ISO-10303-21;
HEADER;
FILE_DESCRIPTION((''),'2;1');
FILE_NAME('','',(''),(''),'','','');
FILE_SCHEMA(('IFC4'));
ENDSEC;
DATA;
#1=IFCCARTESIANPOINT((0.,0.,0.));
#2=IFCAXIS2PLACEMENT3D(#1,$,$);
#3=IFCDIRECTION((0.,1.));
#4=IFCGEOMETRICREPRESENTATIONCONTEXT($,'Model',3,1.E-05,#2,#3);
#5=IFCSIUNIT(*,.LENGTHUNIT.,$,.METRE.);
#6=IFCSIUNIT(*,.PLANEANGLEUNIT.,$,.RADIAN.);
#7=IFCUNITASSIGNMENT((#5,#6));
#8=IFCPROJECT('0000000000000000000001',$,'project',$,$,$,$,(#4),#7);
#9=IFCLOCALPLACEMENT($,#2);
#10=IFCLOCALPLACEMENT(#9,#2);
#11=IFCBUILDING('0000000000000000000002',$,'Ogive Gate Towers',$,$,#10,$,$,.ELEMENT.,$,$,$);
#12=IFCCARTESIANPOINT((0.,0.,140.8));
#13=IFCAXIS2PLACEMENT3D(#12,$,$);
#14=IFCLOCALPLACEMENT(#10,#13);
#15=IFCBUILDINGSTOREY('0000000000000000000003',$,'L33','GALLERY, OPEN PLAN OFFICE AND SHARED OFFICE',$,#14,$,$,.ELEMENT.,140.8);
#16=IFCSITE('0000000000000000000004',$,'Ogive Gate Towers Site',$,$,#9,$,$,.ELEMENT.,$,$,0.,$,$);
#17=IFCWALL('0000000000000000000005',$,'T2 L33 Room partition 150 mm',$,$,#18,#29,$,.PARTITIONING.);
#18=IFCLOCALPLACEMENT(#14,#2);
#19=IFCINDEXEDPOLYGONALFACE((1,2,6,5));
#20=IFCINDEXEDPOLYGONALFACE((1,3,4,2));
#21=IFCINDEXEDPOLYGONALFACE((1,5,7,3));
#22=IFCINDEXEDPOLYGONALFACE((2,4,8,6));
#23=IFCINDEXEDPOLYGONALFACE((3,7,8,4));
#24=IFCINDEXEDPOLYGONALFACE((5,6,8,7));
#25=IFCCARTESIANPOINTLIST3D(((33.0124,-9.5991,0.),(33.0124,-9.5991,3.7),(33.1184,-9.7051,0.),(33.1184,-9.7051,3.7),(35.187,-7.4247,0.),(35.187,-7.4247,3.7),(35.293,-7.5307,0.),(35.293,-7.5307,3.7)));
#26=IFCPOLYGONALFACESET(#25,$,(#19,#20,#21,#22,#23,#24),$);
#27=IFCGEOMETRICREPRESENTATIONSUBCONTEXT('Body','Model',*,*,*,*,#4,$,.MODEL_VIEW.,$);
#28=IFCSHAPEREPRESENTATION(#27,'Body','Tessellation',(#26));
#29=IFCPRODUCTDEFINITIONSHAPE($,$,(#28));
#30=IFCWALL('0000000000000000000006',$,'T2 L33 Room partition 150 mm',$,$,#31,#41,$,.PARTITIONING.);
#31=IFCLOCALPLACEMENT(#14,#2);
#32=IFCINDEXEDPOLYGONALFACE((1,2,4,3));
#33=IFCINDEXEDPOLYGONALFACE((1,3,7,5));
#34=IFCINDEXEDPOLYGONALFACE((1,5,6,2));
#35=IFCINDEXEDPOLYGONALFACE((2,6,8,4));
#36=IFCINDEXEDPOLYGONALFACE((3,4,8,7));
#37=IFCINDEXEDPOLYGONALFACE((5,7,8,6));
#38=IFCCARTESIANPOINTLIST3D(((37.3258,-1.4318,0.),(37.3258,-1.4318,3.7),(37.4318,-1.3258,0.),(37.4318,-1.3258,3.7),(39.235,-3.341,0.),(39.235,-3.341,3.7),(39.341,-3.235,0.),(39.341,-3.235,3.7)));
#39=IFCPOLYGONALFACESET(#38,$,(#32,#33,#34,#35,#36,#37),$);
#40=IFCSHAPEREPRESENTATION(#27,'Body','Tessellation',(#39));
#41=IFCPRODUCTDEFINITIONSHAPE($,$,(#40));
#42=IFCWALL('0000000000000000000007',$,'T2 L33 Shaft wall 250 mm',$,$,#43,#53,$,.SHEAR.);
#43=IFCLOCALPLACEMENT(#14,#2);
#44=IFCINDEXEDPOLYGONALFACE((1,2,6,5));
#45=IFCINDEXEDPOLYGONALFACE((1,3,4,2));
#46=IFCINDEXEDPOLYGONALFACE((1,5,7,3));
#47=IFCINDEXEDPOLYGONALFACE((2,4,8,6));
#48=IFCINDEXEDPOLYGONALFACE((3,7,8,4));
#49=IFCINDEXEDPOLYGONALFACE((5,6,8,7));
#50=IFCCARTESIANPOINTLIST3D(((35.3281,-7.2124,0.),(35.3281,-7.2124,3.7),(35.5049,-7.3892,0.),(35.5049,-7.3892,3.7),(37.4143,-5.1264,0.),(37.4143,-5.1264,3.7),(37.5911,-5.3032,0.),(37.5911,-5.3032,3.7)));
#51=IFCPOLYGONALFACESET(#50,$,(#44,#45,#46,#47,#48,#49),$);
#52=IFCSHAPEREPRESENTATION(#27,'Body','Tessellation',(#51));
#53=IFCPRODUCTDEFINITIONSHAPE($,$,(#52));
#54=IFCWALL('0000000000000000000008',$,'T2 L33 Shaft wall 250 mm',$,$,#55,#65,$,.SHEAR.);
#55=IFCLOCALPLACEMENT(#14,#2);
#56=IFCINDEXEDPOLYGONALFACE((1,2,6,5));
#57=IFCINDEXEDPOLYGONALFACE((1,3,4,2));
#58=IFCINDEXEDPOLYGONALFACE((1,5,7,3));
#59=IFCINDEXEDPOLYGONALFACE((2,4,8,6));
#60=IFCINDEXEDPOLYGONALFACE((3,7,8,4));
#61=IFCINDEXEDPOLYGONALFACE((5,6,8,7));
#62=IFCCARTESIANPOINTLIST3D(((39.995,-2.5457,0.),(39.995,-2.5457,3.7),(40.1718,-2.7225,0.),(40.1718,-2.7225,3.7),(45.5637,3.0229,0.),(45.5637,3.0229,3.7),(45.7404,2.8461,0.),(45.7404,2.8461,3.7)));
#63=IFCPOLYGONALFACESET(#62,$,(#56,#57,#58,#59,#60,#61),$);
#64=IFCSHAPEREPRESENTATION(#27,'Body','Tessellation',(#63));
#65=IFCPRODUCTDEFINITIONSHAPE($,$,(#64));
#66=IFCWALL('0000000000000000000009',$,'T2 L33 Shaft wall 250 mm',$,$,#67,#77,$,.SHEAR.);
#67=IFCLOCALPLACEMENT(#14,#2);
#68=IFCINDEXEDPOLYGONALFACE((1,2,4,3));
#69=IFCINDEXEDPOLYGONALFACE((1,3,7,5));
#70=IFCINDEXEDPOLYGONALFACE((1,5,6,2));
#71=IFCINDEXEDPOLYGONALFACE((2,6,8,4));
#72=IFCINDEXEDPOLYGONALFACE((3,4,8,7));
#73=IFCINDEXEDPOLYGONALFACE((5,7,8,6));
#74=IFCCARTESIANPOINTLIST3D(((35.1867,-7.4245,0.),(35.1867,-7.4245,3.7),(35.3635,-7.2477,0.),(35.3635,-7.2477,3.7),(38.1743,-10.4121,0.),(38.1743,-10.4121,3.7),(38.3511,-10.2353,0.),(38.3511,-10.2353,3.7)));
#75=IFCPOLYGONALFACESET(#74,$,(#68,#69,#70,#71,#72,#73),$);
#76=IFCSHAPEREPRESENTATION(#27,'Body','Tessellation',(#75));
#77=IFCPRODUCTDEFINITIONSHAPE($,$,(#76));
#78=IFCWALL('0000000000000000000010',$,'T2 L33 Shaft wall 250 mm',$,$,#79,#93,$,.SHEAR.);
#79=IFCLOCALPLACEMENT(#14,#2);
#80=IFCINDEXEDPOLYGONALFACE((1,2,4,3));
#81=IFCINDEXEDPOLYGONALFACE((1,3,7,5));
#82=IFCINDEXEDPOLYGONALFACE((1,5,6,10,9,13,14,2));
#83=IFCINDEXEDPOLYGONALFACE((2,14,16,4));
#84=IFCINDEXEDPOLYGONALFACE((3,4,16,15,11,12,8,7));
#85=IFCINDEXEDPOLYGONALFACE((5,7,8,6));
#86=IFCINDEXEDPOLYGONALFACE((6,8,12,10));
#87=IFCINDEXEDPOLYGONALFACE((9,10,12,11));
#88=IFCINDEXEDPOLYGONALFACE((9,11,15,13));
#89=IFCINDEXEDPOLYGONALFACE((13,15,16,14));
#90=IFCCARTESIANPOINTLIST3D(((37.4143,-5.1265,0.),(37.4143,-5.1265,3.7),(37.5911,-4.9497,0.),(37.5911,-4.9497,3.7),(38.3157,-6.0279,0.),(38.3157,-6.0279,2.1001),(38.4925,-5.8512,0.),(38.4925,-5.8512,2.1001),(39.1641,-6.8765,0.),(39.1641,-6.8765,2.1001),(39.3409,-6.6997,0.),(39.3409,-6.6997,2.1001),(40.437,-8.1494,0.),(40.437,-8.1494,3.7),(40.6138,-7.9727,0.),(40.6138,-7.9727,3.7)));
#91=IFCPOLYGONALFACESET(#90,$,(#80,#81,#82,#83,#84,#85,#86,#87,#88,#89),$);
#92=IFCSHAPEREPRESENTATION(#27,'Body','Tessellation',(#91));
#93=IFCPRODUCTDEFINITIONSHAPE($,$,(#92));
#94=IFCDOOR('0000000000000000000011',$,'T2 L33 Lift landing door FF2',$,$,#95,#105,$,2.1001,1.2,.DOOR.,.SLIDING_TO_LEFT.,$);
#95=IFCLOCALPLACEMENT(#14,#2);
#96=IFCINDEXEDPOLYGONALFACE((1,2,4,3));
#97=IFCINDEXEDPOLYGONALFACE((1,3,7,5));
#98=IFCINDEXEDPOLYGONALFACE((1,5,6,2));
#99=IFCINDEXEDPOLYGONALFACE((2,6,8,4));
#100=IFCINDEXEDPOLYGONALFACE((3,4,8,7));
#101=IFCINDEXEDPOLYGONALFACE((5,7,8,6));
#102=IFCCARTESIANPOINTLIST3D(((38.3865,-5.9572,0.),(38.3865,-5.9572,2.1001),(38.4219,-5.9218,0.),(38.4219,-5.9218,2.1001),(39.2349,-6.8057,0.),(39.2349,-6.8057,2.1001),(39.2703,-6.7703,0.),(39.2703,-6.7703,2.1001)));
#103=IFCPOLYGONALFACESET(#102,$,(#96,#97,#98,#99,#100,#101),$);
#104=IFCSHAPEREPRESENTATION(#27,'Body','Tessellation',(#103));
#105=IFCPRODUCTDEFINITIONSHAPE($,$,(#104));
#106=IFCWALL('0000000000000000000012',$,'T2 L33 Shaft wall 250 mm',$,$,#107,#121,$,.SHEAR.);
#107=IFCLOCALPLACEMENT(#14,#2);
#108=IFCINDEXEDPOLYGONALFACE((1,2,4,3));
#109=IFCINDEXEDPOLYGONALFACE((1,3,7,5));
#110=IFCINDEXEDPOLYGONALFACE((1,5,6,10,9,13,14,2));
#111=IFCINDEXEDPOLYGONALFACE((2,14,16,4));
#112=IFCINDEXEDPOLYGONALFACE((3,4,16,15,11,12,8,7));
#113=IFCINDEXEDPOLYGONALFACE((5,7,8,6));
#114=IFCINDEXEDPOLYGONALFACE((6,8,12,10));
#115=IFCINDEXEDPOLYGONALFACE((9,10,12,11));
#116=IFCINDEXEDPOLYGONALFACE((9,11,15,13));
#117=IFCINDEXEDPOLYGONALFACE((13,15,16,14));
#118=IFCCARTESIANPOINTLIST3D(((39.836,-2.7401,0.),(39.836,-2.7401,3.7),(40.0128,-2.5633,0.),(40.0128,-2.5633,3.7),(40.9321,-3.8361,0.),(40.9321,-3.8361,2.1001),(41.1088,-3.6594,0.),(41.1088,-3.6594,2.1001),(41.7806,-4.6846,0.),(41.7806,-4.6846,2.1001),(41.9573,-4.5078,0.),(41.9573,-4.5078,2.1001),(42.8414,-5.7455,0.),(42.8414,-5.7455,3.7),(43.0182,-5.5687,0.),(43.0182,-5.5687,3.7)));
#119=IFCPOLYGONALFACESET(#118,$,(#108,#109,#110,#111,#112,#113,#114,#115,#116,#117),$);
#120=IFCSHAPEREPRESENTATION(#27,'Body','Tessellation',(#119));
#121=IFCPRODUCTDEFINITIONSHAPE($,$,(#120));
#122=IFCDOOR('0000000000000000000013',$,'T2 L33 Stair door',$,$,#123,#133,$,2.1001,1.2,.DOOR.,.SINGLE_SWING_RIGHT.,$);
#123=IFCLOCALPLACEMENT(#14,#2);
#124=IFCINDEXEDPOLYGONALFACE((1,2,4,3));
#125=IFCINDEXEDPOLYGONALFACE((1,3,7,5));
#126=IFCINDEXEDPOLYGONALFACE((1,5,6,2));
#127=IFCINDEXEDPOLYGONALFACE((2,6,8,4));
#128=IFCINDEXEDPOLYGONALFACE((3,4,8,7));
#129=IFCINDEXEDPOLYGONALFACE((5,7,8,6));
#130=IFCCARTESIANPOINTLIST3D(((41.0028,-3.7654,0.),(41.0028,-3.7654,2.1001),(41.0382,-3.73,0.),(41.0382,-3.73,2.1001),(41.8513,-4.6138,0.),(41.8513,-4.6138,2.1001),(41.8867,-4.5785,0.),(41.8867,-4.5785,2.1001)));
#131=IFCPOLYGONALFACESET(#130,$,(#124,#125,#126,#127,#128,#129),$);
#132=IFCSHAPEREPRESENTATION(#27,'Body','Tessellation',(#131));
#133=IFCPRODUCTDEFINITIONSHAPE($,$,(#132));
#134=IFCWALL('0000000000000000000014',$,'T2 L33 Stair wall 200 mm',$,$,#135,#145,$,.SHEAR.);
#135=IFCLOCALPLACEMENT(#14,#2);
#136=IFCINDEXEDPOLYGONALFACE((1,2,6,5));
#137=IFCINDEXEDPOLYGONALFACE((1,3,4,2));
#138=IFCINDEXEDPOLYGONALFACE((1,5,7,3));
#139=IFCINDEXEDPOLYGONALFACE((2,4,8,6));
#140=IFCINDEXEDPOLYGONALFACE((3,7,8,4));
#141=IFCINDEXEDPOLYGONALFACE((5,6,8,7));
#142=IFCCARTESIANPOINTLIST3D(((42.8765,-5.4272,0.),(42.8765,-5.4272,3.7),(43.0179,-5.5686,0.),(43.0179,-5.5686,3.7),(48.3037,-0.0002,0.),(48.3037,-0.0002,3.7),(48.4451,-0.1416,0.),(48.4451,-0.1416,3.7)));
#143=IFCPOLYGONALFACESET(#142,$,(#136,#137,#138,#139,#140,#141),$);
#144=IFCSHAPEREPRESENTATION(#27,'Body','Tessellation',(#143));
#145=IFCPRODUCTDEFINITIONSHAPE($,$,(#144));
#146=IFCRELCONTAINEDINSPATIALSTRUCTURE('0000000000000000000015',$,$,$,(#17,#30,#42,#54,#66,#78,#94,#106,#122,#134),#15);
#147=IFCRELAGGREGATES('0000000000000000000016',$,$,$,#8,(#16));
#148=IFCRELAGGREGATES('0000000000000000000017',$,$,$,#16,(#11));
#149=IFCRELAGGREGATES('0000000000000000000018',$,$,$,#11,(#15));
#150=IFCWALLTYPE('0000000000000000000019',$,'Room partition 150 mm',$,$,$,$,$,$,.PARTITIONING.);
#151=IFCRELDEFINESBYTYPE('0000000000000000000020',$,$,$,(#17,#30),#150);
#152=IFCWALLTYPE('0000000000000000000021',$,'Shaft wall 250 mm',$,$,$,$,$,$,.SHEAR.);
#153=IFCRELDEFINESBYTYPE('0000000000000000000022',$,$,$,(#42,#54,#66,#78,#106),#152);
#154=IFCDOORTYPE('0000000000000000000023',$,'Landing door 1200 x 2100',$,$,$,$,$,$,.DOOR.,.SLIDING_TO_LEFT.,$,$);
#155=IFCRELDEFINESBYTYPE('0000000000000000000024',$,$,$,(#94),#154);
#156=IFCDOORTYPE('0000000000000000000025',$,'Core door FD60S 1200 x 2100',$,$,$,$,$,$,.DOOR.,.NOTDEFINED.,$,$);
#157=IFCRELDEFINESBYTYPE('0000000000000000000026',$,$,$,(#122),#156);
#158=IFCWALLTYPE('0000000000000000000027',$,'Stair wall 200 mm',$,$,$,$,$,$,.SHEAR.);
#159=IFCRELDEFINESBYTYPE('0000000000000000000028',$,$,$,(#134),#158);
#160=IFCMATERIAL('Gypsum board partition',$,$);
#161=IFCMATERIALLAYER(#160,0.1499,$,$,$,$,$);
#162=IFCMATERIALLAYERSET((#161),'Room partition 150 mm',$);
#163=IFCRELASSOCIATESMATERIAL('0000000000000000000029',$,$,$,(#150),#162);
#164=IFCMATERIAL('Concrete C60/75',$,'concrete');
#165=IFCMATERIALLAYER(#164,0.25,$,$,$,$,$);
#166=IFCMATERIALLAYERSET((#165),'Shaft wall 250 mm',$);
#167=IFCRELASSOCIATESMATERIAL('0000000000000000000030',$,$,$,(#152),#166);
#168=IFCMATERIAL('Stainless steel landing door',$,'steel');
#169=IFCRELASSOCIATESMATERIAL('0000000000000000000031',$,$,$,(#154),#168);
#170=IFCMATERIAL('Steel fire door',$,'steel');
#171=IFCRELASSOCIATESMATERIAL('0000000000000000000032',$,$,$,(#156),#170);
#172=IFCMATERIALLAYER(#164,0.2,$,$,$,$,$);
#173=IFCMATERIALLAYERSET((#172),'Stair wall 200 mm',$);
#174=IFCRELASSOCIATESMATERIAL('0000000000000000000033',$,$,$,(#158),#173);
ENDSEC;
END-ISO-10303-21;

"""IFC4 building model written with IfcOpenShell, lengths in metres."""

from ifc_helpers import new_model, si_unit, direction, frame, frame_2d, origin, place, context, subcontext, project, spatial, rectangle, extrude, material, layer, layer_set, type_object, element, fill, save


model = new_model("IFC4")

# Units and contexts
model_context = context("Model", 3, precision=1e-05, world=origin(), true_north=direction((0.0, 1.0)))
body_context = subcontext(model_context, "Body", "Model", "MODEL_VIEW")
ifc_project = project(units=[si_unit("LENGTHUNIT", "METRE"), si_unit("PLANEANGLEUNIT", "RADIAN")], contexts=[model_context])

# Site, building, storey
site_placement = place(None, origin())
site = spatial("IfcSite", under=ifc_project, at=site_placement, Name="Ogive Gate Towers Site", CompositionType="ELEMENT", RefElevation=0.0)
building_placement = place(site_placement, origin())
building = spatial("IfcBuilding", under=site, at=building_placement, Name="Ogive Gate Towers", CompositionType="ELEMENT")
storey_placement = place(building_placement, frame((0.0, 0.0, 140.8)))
storey = spatial("IfcBuildingStorey", under=building, at=storey_placement, Name="L33", Description="GALLERY, OPEN PLAN OFFICE AND SHARED OFFICE", CompositionType="ELEMENT", Elevation=140.8)

# Shared definitions
ifc_material_1 = material(Name="Gypsum board partition")

# Walls
ifc_layer_1 = layer(ifc_material_1, 0.1499)
ifc_layer_set_1 = layer_set([ifc_layer_1], Name="Room partition 150 mm")
wall_type_1 = type_object("IfcWallType", Name="Room partition 150 mm", PredefinedType="PARTITIONING", material=ifc_layer_set_1)
wall_1_placement = place(storey_placement, frame((33.0654, -9.6521, 0.0), z_axis=(0.0, 0.0, 1.0), x_axis=(0.707146, 0.707067, 0.0)))
element("IfcWall", 1, at=wall_1_placement, inside=storey, type_object=wall_type_1, Name="T2 L33 Room partition 150 mm", PredefinedType="PARTITIONING", context=body_context, shape_type="SweptSolid", body=[
    extrude(rectangle(XDim=3.0752, YDim=0.1499, at=frame_2d((1.5376, 0.0))), origin(), (0.0, 0.0, 1.0), 3.7),
])
wall_2_placement = place(storey_placement, frame((39.2881, -3.2881, 0.0), z_axis=(0.0, 0.0, 1.0), x_axis=(-0.707107, 0.707107, 0.0)))
element("IfcWall", 2, at=wall_2_placement, inside=storey, type_object=wall_type_1, Name="T2 L33 Room partition 150 mm", PredefinedType="PARTITIONING", context=body_context, shape_type="SweptSolid", body=[
    extrude(rectangle(XDim=2.7, YDim=0.1499, at=frame_2d((1.3501, 0.0))), origin(), (0.0, 0.0, 1.0), 3.7),
])
ifc_material_2 = material(Name="Concrete C60/75", Category="concrete")
ifc_layer_2 = layer(ifc_material_2, 0.25)
ifc_layer_set_2 = layer_set([ifc_layer_2], Name="Shaft wall 250 mm")
wall_type_2 = type_object("IfcWallType", Name="Shaft wall 250 mm", PredefinedType="SHEAR", material=ifc_layer_set_2)
wall_3_placement = place(storey_placement, frame((35.4165, -7.3008, 0.0), z_axis=(0.0, 0.0, 1.0), x_axis=(0.707148, 0.707065, 0.0)))
element("IfcWall", 3, at=wall_3_placement, inside=storey, type_object=wall_type_2, Name="T2 L33 Shaft wall 250 mm", PredefinedType="SHEAR", context=body_context, shape_type="SweptSolid", body=[
    extrude(rectangle(XDim=2.9502, YDim=0.25, at=frame_2d((1.4751, 0.0))), origin(), (0.0, 0.0, 1.0), 3.7),
])
wall_4_placement = place(storey_placement, frame((40.0835, -2.634, 0.0), z_axis=(0.0, 0.0, 1.0), x_axis=(0.707107, 0.707107, 0.0)))
element("IfcWall", 4, at=wall_4_placement, inside=storey, type_object=wall_type_2, Name="T2 L33 Shaft wall 250 mm", PredefinedType="SHEAR", context=body_context, shape_type="SweptSolid", body=[
    extrude(rectangle(XDim=7.8752, YDim=0.25, at=frame_2d((3.9375, 0.0))), origin(), (0.0, 0.0, 1.0), 3.7),
])
wall_5_placement = place(storey_placement, frame((38.2627, -10.3237, 0.0), z_axis=(0.0, 0.0, 1.0), x_axis=(-0.707107, 0.707107, 0.0)))
element("IfcWall", 5, at=wall_5_placement, inside=storey, type_object=wall_type_2, Name="T2 L33 Shaft wall 250 mm", PredefinedType="SHEAR", context=body_context, shape_type="SweptSolid", body=[
    extrude(rectangle(XDim=4.2251, YDim=0.25, at=frame_2d((2.1125, 0.0))), origin(), (0.0, 0.0, 1.0), 3.7),
])

# Walls, openings, doors
wall_6_placement = place(storey_placement, frame((40.5254, -8.061, 0.0), z_axis=(0.0, 0.0, 1.0), x_axis=(-0.707078, 0.707135, 0.0)))
wall_6 = element("IfcWall", 6, at=wall_6_placement, inside=storey, type_object=wall_type_2, Name="T2 L33 Shaft wall 250 mm", PredefinedType="SHEAR", context=body_context, shape_type="SweptSolid", body=[
    extrude(rectangle(XDim=4.2749, YDim=0.25, at=frame_2d((2.1375, 0.0))), origin(), (0.0, 0.0, 1.0), 3.7),
])
opening_1_placement = place(wall_6_placement, frame((1.8, 0.0, 0.0)))
opening_1 = element("IfcOpeningElement", 7, at=opening_1_placement, cuts=wall_6, PredefinedType="OPENING", context=body_context, shape_type="SweptSolid", body=[
    extrude(rectangle(XDim=1.2, YDim=2.1001, at=frame_2d((0.6001, 1.05))), frame((0.0, 0.135, 0.0), z_axis=(0.0, -1.0, 0.0), x_axis=(1.0, 0.0, 0.0)), (0.0, 0.0, 1.0), 0.27),
])
ifc_material_3 = material(Name="Stainless steel landing door", Category="steel")
door_type_1 = type_object("IfcDoorType", Name="Landing door 1200 x 2100", OperationType="SLIDING_TO_LEFT", PredefinedType="DOOR", material=ifc_material_3)
door_1_placement = place(opening_1_placement, origin())
door_1 = element("IfcDoor", 8, at=door_1_placement, inside=storey, type_object=door_type_1, Name="T2 L33 Lift landing door FF2", OperationType="SLIDING_TO_LEFT", OverallHeight=2.1001, OverallWidth=1.2, PredefinedType="DOOR", context=body_context, shape_type="SweptSolid", body=[
    extrude(rectangle(XDim=1.2, YDim=2.1001, at=frame_2d((0.6001, 1.05))), frame((0.0, 0.0249, 0.0), z_axis=(0.0, -1.0, 0.0), x_axis=(1.0, 0.0, 0.0)), (0.0, 0.0, 1.0), 0.05),
])
fill(opening_1, door_1)
wall_7_placement = place(storey_placement, frame((42.9297, -5.657, 0.0), z_axis=(0.0, 0.0, 1.0), x_axis=(-0.707107, 0.707107, 0.0)))
wall_7 = element("IfcWall", 9, at=wall_7_placement, inside=storey, type_object=wall_type_2, Name="T2 L33 Shaft wall 250 mm", PredefinedType="SHEAR", context=body_context, shape_type="SweptSolid", body=[
    extrude(rectangle(XDim=4.2502, YDim=0.25, at=frame_2d((2.125, 0.0))), origin(), (0.0, 0.0, 1.0), 3.7),
])
opening_2_placement = place(wall_7_placement, frame((1.5, 0.0, 0.0)))
opening_2 = element("IfcOpeningElement", 10, at=opening_2_placement, cuts=wall_7, PredefinedType="OPENING", context=body_context, shape_type="SweptSolid", body=[
    extrude(rectangle(XDim=1.2, YDim=2.1001, at=frame_2d((0.6001, 1.05))), frame((0.0, 0.135, 0.0), z_axis=(0.0, -1.0, 0.0), x_axis=(1.0, 0.0, 0.0)), (0.0, 0.0, 1.0), 0.27),
])
ifc_material_4 = material(Name="Steel fire door", Category="steel")
door_type_2 = type_object("IfcDoorType", Name="Core door FD60S 1200 x 2100", OperationType="NOTDEFINED", PredefinedType="DOOR", material=ifc_material_4)
door_2_placement = place(opening_2_placement, origin())
door_2 = element("IfcDoor", 11, at=door_2_placement, inside=storey, type_object=door_type_2, Name="T2 L33 Stair door", OperationType="SINGLE_SWING_RIGHT", OverallHeight=2.1001, OverallWidth=1.2, PredefinedType="DOOR", context=body_context, shape_type="SweptSolid", body=[
    extrude(rectangle(XDim=1.2, YDim=2.1001, at=frame_2d((0.6001, 1.05))), frame((0.0, 0.0249, 0.0), z_axis=(0.0, -1.0, 0.0), x_axis=(1.0, 0.0, 0.0)), (0.0, 0.0, 1.0), 0.05),
])
fill(opening_2, door_2)

# Wall
ifc_layer_3 = layer(ifc_material_2, 0.2)
ifc_layer_set_3 = layer_set([ifc_layer_3], Name="Stair wall 200 mm")
wall_type_3 = type_object("IfcWallType", Name="Stair wall 200 mm", PredefinedType="SHEAR", material=ifc_layer_set_3)
wall_8_placement = place(storey_placement, frame((42.9473, -5.4978, 0.0), z_axis=(0.0, 0.0, 1.0), x_axis=(0.707123, 0.707091, 0.0)))
element("IfcWall", 12, at=wall_8_placement, inside=storey, type_object=wall_type_3, Name="T2 L33 Stair wall 200 mm", PredefinedType="SHEAR", context=body_context, shape_type="SweptSolid", body=[
    extrude(rectangle(XDim=7.675, YDim=0.2, at=frame_2d((3.8374, 0.0))), origin(), (0.0, 0.0, 1.0), 3.7),
])

save(model, "model.ifc")
